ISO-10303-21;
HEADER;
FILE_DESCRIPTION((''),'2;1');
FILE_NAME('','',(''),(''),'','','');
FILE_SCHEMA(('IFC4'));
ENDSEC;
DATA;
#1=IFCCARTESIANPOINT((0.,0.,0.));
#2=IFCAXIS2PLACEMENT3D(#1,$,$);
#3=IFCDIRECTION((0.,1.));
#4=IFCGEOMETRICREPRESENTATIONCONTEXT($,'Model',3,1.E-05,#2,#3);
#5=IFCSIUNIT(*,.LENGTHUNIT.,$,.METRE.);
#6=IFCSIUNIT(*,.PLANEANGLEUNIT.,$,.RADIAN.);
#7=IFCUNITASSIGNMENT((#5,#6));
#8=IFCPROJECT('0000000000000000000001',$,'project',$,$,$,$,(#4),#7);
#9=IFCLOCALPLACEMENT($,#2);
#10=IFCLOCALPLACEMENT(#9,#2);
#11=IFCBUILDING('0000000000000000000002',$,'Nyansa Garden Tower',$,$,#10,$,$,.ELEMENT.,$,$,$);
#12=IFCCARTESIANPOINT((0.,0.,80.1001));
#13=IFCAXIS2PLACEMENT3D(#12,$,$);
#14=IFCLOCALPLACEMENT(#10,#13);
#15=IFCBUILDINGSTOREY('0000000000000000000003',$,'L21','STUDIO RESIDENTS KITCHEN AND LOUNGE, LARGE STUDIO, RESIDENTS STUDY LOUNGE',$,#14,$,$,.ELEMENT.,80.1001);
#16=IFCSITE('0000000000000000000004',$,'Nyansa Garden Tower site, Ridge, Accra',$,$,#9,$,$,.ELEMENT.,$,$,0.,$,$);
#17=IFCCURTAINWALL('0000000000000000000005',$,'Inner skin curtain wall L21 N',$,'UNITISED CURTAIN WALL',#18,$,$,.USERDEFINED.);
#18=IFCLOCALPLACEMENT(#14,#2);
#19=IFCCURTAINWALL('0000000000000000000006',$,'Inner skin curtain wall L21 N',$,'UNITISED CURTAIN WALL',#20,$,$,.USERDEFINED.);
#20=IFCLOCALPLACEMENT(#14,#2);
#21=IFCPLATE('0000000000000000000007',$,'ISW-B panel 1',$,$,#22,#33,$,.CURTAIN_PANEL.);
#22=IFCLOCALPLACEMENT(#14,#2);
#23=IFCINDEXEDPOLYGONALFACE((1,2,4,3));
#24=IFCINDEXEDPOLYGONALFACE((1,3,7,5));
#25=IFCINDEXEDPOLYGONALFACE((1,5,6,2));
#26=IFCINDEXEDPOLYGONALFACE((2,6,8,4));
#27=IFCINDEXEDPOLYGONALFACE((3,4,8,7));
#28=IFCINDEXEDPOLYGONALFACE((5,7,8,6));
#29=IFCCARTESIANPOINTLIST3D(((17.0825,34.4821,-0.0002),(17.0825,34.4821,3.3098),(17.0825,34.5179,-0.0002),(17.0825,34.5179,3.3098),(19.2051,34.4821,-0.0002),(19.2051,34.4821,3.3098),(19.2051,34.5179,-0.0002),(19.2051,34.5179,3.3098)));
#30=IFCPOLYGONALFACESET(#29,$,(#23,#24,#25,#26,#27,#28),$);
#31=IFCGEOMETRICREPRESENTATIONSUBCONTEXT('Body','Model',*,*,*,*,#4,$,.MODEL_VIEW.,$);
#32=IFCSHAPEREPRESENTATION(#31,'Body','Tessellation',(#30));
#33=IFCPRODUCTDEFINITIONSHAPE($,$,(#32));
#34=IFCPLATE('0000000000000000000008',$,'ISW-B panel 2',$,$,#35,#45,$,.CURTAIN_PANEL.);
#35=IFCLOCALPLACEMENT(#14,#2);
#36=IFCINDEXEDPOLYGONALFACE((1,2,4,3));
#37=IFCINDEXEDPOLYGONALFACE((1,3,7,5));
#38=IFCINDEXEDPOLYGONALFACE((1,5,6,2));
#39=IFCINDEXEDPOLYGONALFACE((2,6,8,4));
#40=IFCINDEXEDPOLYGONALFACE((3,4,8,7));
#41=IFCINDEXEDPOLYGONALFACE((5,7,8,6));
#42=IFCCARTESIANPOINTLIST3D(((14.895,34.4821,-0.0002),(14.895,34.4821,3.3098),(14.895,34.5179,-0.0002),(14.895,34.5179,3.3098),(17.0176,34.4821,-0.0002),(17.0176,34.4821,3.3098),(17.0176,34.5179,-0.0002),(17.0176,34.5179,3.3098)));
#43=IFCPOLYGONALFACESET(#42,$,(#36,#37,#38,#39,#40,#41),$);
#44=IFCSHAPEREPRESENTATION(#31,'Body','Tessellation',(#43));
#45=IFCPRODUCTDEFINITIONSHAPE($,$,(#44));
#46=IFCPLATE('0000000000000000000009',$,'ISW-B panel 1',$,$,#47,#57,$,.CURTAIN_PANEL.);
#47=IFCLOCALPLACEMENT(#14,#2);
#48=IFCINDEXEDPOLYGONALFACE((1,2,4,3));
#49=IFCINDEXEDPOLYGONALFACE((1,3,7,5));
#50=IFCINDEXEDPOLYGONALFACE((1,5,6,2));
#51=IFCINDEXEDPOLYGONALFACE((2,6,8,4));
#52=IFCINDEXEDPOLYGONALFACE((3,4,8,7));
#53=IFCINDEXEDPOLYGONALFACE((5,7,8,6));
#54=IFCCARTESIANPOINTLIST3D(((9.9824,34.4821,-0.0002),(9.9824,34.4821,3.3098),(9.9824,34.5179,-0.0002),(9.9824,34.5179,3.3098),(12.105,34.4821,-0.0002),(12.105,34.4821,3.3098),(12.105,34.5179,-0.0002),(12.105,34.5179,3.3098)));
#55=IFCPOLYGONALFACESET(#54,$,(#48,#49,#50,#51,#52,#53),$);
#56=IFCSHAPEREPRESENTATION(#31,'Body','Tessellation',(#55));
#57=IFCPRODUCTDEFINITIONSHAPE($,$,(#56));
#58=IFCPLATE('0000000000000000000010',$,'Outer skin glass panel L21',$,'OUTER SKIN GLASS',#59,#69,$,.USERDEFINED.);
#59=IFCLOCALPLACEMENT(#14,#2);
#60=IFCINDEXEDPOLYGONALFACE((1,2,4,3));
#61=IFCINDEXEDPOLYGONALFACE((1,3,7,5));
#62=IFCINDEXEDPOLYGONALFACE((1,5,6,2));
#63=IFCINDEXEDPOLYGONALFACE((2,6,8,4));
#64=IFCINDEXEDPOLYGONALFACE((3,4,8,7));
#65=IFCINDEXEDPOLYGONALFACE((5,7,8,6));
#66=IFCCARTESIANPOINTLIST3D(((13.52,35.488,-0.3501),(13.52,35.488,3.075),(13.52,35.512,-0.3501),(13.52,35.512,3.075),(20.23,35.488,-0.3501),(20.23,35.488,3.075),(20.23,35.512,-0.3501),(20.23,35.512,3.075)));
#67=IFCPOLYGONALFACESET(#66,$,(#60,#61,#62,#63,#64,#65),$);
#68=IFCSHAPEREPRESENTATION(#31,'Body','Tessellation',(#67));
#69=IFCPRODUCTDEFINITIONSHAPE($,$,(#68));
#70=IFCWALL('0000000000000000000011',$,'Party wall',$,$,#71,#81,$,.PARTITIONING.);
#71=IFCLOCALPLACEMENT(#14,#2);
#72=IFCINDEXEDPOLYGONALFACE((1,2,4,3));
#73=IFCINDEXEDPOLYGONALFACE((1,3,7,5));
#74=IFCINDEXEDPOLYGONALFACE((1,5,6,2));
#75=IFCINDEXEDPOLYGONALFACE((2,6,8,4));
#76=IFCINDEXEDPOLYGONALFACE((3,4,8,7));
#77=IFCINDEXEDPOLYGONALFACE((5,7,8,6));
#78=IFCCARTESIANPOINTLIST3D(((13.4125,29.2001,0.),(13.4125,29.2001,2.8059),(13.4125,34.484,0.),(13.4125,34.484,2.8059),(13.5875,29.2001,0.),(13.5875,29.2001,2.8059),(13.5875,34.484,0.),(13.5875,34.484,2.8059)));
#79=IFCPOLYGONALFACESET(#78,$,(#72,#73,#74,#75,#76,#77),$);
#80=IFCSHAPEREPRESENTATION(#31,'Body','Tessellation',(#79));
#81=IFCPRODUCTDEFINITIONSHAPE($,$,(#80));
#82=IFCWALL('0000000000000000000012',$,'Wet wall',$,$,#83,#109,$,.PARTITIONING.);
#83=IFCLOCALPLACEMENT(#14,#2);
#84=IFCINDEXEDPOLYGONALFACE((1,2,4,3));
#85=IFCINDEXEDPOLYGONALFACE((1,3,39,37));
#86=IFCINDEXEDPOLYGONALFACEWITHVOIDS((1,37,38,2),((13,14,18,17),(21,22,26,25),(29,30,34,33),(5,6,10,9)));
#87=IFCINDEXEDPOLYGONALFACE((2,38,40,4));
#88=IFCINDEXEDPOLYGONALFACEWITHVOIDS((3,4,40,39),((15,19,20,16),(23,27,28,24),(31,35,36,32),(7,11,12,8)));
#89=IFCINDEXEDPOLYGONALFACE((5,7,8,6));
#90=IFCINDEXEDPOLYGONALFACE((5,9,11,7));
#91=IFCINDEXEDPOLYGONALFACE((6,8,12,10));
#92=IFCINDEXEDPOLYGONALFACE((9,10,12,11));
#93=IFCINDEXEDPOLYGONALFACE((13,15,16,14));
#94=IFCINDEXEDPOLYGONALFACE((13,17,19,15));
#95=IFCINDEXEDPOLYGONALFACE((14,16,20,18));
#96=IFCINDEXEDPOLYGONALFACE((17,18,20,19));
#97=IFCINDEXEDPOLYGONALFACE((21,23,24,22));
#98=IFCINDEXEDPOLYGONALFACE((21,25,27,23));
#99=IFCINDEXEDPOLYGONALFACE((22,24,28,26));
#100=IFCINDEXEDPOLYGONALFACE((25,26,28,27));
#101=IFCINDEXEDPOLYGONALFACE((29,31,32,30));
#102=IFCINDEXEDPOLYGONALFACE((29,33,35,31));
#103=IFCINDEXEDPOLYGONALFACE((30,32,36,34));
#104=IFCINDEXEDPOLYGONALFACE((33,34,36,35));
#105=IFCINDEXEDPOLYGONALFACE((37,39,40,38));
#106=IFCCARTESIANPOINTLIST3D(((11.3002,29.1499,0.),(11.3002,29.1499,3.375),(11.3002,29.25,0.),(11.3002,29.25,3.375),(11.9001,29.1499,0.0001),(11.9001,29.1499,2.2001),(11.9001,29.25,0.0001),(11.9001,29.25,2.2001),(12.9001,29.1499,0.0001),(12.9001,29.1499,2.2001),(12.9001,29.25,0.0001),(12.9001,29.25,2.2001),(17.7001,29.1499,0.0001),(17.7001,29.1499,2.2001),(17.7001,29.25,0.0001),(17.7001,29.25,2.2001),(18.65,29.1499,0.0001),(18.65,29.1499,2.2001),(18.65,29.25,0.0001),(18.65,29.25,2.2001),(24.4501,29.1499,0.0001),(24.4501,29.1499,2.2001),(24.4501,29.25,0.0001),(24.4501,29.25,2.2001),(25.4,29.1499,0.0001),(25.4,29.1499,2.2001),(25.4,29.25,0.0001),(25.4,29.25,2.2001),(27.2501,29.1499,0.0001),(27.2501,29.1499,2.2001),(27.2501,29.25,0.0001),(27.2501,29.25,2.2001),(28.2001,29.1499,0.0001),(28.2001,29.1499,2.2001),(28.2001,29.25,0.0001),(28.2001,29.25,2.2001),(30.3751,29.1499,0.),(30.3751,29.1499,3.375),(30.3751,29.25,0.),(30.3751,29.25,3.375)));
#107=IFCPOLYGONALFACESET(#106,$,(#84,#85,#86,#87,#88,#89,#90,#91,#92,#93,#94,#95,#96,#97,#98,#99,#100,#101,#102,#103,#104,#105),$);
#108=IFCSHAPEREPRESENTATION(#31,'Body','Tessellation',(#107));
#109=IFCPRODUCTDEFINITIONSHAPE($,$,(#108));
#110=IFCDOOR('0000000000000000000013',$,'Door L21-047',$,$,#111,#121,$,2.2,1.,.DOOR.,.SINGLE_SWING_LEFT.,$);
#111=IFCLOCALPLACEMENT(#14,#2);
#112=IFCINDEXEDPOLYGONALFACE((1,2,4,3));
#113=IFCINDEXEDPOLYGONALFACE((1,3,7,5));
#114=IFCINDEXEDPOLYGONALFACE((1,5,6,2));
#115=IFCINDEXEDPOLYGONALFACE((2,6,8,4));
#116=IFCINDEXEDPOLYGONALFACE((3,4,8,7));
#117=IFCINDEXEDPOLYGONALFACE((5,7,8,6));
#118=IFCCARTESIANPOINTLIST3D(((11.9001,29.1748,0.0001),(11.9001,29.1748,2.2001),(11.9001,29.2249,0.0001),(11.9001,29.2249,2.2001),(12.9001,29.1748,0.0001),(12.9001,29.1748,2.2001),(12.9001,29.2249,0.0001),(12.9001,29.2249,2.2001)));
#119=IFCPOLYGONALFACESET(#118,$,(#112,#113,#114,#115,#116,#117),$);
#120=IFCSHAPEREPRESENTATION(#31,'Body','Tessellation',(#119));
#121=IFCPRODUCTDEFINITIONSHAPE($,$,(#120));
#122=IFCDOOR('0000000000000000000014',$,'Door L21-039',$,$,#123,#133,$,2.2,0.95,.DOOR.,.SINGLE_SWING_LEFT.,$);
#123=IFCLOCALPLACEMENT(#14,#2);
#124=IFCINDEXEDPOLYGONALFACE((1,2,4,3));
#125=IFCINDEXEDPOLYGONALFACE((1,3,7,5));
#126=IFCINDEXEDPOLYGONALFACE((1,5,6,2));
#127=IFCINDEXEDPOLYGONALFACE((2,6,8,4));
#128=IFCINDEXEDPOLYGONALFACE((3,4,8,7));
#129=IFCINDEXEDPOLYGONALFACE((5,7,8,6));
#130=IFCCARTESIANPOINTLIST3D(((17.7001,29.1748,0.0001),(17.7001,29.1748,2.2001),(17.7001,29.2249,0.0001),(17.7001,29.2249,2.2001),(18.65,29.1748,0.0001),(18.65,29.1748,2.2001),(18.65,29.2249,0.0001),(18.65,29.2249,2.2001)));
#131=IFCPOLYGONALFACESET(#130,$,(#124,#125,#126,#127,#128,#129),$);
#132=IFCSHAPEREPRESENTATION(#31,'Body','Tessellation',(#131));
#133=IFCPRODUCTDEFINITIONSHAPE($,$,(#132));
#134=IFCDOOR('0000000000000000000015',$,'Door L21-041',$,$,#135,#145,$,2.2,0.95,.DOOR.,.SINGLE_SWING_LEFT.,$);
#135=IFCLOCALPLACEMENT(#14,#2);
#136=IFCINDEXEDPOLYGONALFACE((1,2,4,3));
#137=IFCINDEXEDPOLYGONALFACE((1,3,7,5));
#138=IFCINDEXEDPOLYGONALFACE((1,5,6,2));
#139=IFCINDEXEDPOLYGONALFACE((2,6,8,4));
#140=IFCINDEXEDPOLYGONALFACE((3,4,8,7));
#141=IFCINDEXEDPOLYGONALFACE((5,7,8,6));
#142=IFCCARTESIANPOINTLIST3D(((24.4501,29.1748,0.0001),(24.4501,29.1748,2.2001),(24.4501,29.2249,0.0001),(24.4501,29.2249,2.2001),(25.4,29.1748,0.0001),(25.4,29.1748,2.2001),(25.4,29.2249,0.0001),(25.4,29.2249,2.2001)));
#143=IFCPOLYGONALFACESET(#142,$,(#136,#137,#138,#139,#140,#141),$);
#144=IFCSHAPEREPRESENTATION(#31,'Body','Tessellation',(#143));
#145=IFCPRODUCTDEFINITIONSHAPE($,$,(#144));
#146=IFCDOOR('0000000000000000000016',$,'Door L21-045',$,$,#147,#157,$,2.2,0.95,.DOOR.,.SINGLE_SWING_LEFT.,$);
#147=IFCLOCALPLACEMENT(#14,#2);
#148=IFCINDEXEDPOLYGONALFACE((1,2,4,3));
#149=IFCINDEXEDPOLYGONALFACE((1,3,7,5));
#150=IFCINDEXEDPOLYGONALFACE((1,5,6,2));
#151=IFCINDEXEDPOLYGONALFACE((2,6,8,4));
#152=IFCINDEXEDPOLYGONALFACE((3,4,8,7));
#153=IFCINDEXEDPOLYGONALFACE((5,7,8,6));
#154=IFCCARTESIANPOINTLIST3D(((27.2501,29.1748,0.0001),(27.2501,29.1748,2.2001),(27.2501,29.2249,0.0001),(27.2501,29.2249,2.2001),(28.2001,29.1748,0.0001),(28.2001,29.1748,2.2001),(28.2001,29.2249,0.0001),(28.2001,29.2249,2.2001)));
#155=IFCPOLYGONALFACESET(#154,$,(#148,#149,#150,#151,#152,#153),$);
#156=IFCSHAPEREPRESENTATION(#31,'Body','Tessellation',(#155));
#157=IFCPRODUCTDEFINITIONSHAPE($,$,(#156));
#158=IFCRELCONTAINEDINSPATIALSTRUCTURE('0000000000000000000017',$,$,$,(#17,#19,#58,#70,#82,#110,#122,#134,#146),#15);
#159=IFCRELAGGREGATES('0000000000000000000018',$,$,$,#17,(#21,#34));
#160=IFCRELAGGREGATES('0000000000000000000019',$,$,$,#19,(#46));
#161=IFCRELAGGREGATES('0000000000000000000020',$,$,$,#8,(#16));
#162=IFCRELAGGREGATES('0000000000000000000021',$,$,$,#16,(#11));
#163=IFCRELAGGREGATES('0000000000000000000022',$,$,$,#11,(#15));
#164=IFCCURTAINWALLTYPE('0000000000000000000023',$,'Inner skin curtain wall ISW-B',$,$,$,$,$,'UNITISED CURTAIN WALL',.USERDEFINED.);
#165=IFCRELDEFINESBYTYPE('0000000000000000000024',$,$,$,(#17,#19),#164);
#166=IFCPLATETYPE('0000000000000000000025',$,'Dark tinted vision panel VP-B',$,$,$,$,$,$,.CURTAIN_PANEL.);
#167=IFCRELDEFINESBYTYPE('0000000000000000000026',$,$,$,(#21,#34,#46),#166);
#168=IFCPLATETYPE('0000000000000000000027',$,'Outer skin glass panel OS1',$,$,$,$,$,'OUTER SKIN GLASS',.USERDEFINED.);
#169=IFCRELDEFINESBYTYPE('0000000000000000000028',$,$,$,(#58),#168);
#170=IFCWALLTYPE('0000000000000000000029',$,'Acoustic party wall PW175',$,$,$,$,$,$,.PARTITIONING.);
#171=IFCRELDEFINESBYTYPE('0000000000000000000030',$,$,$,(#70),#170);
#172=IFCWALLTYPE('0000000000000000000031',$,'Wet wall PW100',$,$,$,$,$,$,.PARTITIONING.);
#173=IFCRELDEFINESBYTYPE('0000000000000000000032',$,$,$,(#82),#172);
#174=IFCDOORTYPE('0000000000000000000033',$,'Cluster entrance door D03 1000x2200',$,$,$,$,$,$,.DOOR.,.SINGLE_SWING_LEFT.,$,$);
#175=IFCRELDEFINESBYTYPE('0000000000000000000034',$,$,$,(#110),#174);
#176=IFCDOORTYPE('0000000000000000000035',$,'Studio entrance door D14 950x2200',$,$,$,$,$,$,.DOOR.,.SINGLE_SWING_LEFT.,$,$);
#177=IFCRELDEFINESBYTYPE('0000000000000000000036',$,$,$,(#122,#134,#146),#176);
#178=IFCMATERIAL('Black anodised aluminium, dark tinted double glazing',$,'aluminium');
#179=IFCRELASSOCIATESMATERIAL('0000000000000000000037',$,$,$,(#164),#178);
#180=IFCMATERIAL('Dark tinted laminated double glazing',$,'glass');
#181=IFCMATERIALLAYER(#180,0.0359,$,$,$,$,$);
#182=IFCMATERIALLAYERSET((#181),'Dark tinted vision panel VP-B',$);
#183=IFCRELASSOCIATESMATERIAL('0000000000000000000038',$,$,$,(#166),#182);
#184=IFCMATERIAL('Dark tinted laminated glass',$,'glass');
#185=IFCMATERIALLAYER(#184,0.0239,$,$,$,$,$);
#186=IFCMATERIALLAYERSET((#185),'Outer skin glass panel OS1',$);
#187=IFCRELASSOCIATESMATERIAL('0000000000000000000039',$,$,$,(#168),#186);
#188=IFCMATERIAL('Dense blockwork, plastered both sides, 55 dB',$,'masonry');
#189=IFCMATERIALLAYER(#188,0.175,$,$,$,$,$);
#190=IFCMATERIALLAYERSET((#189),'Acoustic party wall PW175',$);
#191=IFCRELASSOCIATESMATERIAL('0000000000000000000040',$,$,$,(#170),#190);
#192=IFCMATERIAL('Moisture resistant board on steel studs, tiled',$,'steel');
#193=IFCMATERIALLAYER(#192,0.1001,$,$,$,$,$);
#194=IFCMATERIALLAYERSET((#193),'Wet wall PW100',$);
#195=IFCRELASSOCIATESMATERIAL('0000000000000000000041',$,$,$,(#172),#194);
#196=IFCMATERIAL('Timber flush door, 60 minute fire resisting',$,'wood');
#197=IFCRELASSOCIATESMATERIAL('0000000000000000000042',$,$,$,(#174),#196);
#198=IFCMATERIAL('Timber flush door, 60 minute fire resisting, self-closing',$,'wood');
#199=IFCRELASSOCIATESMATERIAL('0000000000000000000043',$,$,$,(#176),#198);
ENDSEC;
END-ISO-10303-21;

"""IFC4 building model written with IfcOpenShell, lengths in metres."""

from ifc_helpers import new_model, si_unit, direction, frame, frame_2d, origin, origin_2d, place, context, subcontext, project, spatial, rectangle, extrude, material, layer, layer_set, type_object, element, fill, aggregate, save


model = new_model("IFC4")

# Units and contexts
model_context = context("Model", 3, precision=1e-05, world=origin(), true_north=direction((0.0, 1.0)))
body_context = subcontext(model_context, "Body", "Model", "MODEL_VIEW")
ifc_project = project(units=[si_unit("LENGTHUNIT", "METRE"), si_unit("PLANEANGLEUNIT", "RADIAN")], contexts=[model_context])

# Site, building, storey
site_placement = place(None, origin())
site = spatial("IfcSite", under=ifc_project, at=site_placement, Name="Nyansa Garden Tower site, Ridge, Accra", CompositionType="ELEMENT", RefElevation=0.0)
building_placement = place(site_placement, origin())
building = spatial("IfcBuilding", under=site, at=building_placement, Name="Nyansa Garden Tower", CompositionType="ELEMENT")
storey_placement = place(building_placement, frame((0.0, 0.0, 80.1001)))
storey = spatial("IfcBuildingStorey", under=building, at=storey_placement, Name="L21", Description="STUDIO RESIDENTS KITCHEN AND LOUNGE, LARGE STUDIO, RESIDENTS STUDY LOUNGE", CompositionType="ELEMENT", Elevation=80.1001)

# Curtain wall
ifc_material_1 = material(Name="Black anodised aluminium, dark tinted double glazing", Category="aluminium")
curtain_wall_type = type_object("IfcCurtainWallType", Name="Inner skin curtain wall ISW-B", ElementType="UNITISED CURTAIN WALL", PredefinedType="USERDEFINED", material=ifc_material_1)
curtain_wall_1_placement = place(storey_placement, origin())
curtain_wall_1 = element("IfcCurtainWall", 1, at=curtain_wall_1_placement, inside=storey, type_object=curtain_wall_type, Name="Inner skin curtain wall L21 N", ObjectType="UNITISED CURTAIN WALL", PredefinedType="USERDEFINED")

# Curtain wall
curtain_wall_2_placement = place(storey_placement, origin())
curtain_wall_2 = element("IfcCurtainWall", 2, at=curtain_wall_2_placement, inside=storey, type_object=curtain_wall_type, Name="Inner skin curtain wall L21 N", ObjectType="UNITISED CURTAIN WALL", PredefinedType="USERDEFINED")

# Plates
ifc_material_2 = material(Name="Dark tinted laminated double glazing", Category="glass")
ifc_layer_1 = layer(ifc_material_2, 0.0359)
ifc_layer_set_1 = layer_set([ifc_layer_1], Name="Dark tinted vision panel VP-B")
plate_type_1 = type_object("IfcPlateType", Name="Dark tinted vision panel VP-B", PredefinedType="CURTAIN_PANEL", material=ifc_layer_set_1)
plate_1_placement = place(storey_placement, frame((18.1438, 34.5, -0.0002), z_axis=(0.0, 0.0, 1.0), x_axis=(-1.0, 0.0, 0.0)))
plate_1 = element("IfcPlate", 3, at=plate_1_placement, type_object=plate_type_1, Name="ISW-B panel 1", PredefinedType="CURTAIN_PANEL", context=body_context, shape_type="SweptSolid", body=[
    extrude(rectangle(XDim=2.1226, YDim=0.0359, at=origin_2d()), origin(), (0.0, 0.0, 1.0), 3.3101),
])
plate_2_placement = place(storey_placement, frame((15.9563, 34.5, -0.0002), z_axis=(0.0, 0.0, 1.0), x_axis=(-1.0, 0.0, 0.0)))
plate_2 = element("IfcPlate", 4, at=plate_2_placement, type_object=plate_type_1, Name="ISW-B panel 2", PredefinedType="CURTAIN_PANEL", context=body_context, shape_type="SweptSolid", body=[
    extrude(rectangle(XDim=2.1226, YDim=0.0359, at=origin_2d()), origin(), (0.0, 0.0, 1.0), 3.3101),
])
aggregate(curtain_wall_1, [plate_1, plate_2])
plate_3_placement = place(storey_placement, frame((11.0437, 34.5, -0.0002), z_axis=(0.0, 0.0, 1.0), x_axis=(-1.0, 0.0, 0.0)))
plate_3 = element("IfcPlate", 5, at=plate_3_placement, type_object=plate_type_1, Name="ISW-B panel 1", PredefinedType="CURTAIN_PANEL", context=body_context, shape_type="SweptSolid", body=[
    extrude(rectangle(XDim=2.1226, YDim=0.0359, at=origin_2d()), origin(), (0.0, 0.0, 1.0), 3.3101),
])
aggregate(curtain_wall_2, [plate_3])
ifc_material_3 = material(Name="Dark tinted laminated glass", Category="glass")
ifc_layer_2 = layer(ifc_material_3, 0.0239)
ifc_layer_set_2 = layer_set([ifc_layer_2], Name="Outer skin glass panel OS1")
plate_type_2 = type_object("IfcPlateType", Name="Outer skin glass panel OS1", ElementType="OUTER SKIN GLASS", PredefinedType="USERDEFINED", material=ifc_layer_set_2)
plate_4_placement = place(storey_placement, frame((16.875, 35.5, -0.3501), z_axis=(0.0, 0.0, 1.0), x_axis=(1.0, 0.0, 0.0)))
element("IfcPlate", 6, at=plate_4_placement, inside=storey, type_object=plate_type_2, Name="Outer skin glass panel L21", ObjectType="OUTER SKIN GLASS", PredefinedType="USERDEFINED", context=body_context, shape_type="SweptSolid", body=[
    extrude(rectangle(XDim=6.71, YDim=0.0239, at=origin_2d()), origin(), (0.0, 0.0, 1.0), 3.425),
])

# Wall
ifc_material_4 = material(Name="Dense blockwork, plastered both sides, 55 dB", Category="masonry")
ifc_layer_3 = layer(ifc_material_4, 0.175)
ifc_layer_set_3 = layer_set([ifc_layer_3], Name="Acoustic party wall PW175")
wall_type_1 = type_object("IfcWallType", Name="Acoustic party wall PW175", PredefinedType="PARTITIONING", material=ifc_layer_set_3)
wall_1_placement = place(storey_placement, frame((13.5, 29.2, 0.0), z_axis=(0.0, 0.0, 1.0), x_axis=(0.0, 1.0, 0.0)))
element("IfcWall", 7, at=wall_1_placement, inside=storey, type_object=wall_type_1, Name="Party wall", PredefinedType="PARTITIONING", context=body_context, shape_type="SweptSolid", body=[
    extrude(rectangle(XDim=5.2839, YDim=0.175, at=frame_2d((2.6421, 0.0))), origin(), (0.0, 0.0, 1.0), 2.8059),
])

# Wall, openings, doors
ifc_material_5 = material(Name="Moisture resistant board on steel studs, tiled", Category="steel")
ifc_layer_4 = layer(ifc_material_5, 0.1001)
ifc_layer_set_4 = layer_set([ifc_layer_4], Name="Wet wall PW100")
wall_type_2 = type_object("IfcWallType", Name="Wet wall PW100", PredefinedType="PARTITIONING", material=ifc_layer_set_4)
wall_2_placement = place(storey_placement, frame((11.3, 29.2, 0.0), z_axis=(0.0, 0.0, 1.0), x_axis=(1.0, 0.0, 0.0)))
wall_2 = element("IfcWall", 8, at=wall_2_placement, inside=storey, type_object=wall_type_2, Name="Wet wall", PredefinedType="PARTITIONING", context=body_context, shape_type="SweptSolid", body=[
    extrude(rectangle(XDim=19.075, YDim=0.1001, at=frame_2d((9.5376, 0.0))), origin(), (0.0, 0.0, 1.0), 3.375),
])
opening_1_placement = place(wall_2_placement, frame((6.3999, 0.0, 0.0)))
opening_1 = element("IfcOpeningElement", 9, at=opening_1_placement, cuts=wall_2, PredefinedType="OPENING", context=body_context, shape_type="SweptSolid", body=[
    extrude(rectangle(XDim=0.95, YDim=2.2, at=frame_2d((0.4751, 1.1001))), frame((0.0, 0.0601, 0.0), z_axis=(0.0, -1.0, 0.0), x_axis=(1.0, 0.0, 0.0)), (0.0, 0.0, 1.0), 0.1201),
])
opening_2_placement = place(wall_2_placement, frame((13.1499, 0.0, 0.0)))
opening_2 = element("IfcOpeningElement", 10, at=opening_2_placement, cuts=wall_2, PredefinedType="OPENING", context=body_context, shape_type="SweptSolid", body=[
    extrude(rectangle(XDim=0.95, YDim=2.2, at=frame_2d((0.4751, 1.1001))), frame((0.0, 0.0601, 0.0), z_axis=(0.0, -1.0, 0.0), x_axis=(1.0, 0.0, 0.0)), (0.0, 0.0, 1.0), 0.1201),
])
opening_3_placement = place(wall_2_placement, frame((15.95, 0.0, 0.0)))
opening_3 = element("IfcOpeningElement", 11, at=opening_3_placement, cuts=wall_2, PredefinedType="OPENING", context=body_context, shape_type="SweptSolid", body=[
    extrude(rectangle(XDim=0.95, YDim=2.2, at=frame_2d((0.4751, 1.1001))), frame((0.0, 0.0601, 0.0), z_axis=(0.0, -1.0, 0.0), x_axis=(1.0, 0.0, 0.0)), (0.0, 0.0, 1.0), 0.1201),
])
opening_4_placement = place(wall_2_placement, frame((0.6001, 0.0, 0.0)))
opening_4 = element("IfcOpeningElement", 12, at=opening_4_placement, cuts=wall_2, PredefinedType="OPENING", context=body_context, shape_type="SweptSolid", body=[
    extrude(rectangle(XDim=1.0, YDim=2.2, at=frame_2d((0.5, 1.1001))), frame((0.0, 0.0601, 0.0), z_axis=(0.0, -1.0, 0.0), x_axis=(1.0, 0.0, 0.0)), (0.0, 0.0, 1.0), 0.1201),
])
ifc_material_6 = material(Name="Timber flush door, 60 minute fire resisting", Category="wood")
door_type_1 = type_object("IfcDoorType", Name="Cluster entrance door D03 1000x2200", OperationType="SINGLE_SWING_LEFT", PredefinedType="DOOR", material=ifc_material_6)
door_1_placement = place(opening_4_placement, origin())
door_1 = element("IfcDoor", 13, at=door_1_placement, inside=storey, type_object=door_type_1, Name="Door L21-047", OperationType="SINGLE_SWING_LEFT", OverallHeight=2.2, OverallWidth=1.0, PredefinedType="DOOR", context=body_context, shape_type="SweptSolid", body=[
    extrude(rectangle(XDim=1.0, YDim=2.2, at=frame_2d((0.5, 1.1001))), frame((0.0, 0.0249, 0.0), z_axis=(0.0, -1.0, 0.0), x_axis=(1.0, 0.0, 0.0)), (0.0, 0.0, 1.0), 0.05),
])
fill(opening_4, door_1)
ifc_material_7 = material(Name="Timber flush door, 60 minute fire resisting, self-closing", Category="wood")
door_type_2 = type_object("IfcDoorType", Name="Studio entrance door D14 950x2200", OperationType="SINGLE_SWING_LEFT", PredefinedType="DOOR", material=ifc_material_7)
door_2_placement = place(opening_1_placement, origin())
door_2 = element("IfcDoor", 14, at=door_2_placement, inside=storey, type_object=door_type_2, Name="Door L21-039", OperationType="SINGLE_SWING_LEFT", OverallHeight=2.2, OverallWidth=0.95, PredefinedType="DOOR", context=body_context, shape_type="SweptSolid", body=[
    extrude(rectangle(XDim=0.95, YDim=2.2, at=frame_2d((0.4751, 1.1001))), frame((0.0, 0.0249, 0.0), z_axis=(0.0, -1.0, 0.0), x_axis=(1.0, 0.0, 0.0)), (0.0, 0.0, 1.0), 0.05),
])
fill(opening_1, door_2)
door_3_placement = place(opening_2_placement, origin())
door_3 = element("IfcDoor", 15, at=door_3_placement, inside=storey, type_object=door_type_2, Name="Door L21-041", OperationType="SINGLE_SWING_LEFT", OverallHeight=2.2, OverallWidth=0.95, PredefinedType="DOOR", context=body_context, shape_type="SweptSolid", body=[
    extrude(rectangle(XDim=0.95, YDim=2.2, at=frame_2d((0.4751, 1.1001))), frame((0.0, 0.0249, 0.0), z_axis=(0.0, -1.0, 0.0), x_axis=(1.0, 0.0, 0.0)), (0.0, 0.0, 1.0), 0.05),
])
fill(opening_2, door_3)
door_4_placement = place(opening_3_placement, origin())
door_4 = element("IfcDoor", 16, at=door_4_placement, inside=storey, type_object=door_type_2, Name="Door L21-045", OperationType="SINGLE_SWING_LEFT", OverallHeight=2.2, OverallWidth=0.95, PredefinedType="DOOR", context=body_context, shape_type="SweptSolid", body=[
    extrude(rectangle(XDim=0.95, YDim=2.2, at=frame_2d((0.4751, 1.1001))), frame((0.0, 0.0249, 0.0), z_axis=(0.0, -1.0, 0.0), x_axis=(1.0, 0.0, 0.0)), (0.0, 0.0, 1.0), 0.05),
])
fill(opening_3, door_4)

save(model, "model.ifc")
